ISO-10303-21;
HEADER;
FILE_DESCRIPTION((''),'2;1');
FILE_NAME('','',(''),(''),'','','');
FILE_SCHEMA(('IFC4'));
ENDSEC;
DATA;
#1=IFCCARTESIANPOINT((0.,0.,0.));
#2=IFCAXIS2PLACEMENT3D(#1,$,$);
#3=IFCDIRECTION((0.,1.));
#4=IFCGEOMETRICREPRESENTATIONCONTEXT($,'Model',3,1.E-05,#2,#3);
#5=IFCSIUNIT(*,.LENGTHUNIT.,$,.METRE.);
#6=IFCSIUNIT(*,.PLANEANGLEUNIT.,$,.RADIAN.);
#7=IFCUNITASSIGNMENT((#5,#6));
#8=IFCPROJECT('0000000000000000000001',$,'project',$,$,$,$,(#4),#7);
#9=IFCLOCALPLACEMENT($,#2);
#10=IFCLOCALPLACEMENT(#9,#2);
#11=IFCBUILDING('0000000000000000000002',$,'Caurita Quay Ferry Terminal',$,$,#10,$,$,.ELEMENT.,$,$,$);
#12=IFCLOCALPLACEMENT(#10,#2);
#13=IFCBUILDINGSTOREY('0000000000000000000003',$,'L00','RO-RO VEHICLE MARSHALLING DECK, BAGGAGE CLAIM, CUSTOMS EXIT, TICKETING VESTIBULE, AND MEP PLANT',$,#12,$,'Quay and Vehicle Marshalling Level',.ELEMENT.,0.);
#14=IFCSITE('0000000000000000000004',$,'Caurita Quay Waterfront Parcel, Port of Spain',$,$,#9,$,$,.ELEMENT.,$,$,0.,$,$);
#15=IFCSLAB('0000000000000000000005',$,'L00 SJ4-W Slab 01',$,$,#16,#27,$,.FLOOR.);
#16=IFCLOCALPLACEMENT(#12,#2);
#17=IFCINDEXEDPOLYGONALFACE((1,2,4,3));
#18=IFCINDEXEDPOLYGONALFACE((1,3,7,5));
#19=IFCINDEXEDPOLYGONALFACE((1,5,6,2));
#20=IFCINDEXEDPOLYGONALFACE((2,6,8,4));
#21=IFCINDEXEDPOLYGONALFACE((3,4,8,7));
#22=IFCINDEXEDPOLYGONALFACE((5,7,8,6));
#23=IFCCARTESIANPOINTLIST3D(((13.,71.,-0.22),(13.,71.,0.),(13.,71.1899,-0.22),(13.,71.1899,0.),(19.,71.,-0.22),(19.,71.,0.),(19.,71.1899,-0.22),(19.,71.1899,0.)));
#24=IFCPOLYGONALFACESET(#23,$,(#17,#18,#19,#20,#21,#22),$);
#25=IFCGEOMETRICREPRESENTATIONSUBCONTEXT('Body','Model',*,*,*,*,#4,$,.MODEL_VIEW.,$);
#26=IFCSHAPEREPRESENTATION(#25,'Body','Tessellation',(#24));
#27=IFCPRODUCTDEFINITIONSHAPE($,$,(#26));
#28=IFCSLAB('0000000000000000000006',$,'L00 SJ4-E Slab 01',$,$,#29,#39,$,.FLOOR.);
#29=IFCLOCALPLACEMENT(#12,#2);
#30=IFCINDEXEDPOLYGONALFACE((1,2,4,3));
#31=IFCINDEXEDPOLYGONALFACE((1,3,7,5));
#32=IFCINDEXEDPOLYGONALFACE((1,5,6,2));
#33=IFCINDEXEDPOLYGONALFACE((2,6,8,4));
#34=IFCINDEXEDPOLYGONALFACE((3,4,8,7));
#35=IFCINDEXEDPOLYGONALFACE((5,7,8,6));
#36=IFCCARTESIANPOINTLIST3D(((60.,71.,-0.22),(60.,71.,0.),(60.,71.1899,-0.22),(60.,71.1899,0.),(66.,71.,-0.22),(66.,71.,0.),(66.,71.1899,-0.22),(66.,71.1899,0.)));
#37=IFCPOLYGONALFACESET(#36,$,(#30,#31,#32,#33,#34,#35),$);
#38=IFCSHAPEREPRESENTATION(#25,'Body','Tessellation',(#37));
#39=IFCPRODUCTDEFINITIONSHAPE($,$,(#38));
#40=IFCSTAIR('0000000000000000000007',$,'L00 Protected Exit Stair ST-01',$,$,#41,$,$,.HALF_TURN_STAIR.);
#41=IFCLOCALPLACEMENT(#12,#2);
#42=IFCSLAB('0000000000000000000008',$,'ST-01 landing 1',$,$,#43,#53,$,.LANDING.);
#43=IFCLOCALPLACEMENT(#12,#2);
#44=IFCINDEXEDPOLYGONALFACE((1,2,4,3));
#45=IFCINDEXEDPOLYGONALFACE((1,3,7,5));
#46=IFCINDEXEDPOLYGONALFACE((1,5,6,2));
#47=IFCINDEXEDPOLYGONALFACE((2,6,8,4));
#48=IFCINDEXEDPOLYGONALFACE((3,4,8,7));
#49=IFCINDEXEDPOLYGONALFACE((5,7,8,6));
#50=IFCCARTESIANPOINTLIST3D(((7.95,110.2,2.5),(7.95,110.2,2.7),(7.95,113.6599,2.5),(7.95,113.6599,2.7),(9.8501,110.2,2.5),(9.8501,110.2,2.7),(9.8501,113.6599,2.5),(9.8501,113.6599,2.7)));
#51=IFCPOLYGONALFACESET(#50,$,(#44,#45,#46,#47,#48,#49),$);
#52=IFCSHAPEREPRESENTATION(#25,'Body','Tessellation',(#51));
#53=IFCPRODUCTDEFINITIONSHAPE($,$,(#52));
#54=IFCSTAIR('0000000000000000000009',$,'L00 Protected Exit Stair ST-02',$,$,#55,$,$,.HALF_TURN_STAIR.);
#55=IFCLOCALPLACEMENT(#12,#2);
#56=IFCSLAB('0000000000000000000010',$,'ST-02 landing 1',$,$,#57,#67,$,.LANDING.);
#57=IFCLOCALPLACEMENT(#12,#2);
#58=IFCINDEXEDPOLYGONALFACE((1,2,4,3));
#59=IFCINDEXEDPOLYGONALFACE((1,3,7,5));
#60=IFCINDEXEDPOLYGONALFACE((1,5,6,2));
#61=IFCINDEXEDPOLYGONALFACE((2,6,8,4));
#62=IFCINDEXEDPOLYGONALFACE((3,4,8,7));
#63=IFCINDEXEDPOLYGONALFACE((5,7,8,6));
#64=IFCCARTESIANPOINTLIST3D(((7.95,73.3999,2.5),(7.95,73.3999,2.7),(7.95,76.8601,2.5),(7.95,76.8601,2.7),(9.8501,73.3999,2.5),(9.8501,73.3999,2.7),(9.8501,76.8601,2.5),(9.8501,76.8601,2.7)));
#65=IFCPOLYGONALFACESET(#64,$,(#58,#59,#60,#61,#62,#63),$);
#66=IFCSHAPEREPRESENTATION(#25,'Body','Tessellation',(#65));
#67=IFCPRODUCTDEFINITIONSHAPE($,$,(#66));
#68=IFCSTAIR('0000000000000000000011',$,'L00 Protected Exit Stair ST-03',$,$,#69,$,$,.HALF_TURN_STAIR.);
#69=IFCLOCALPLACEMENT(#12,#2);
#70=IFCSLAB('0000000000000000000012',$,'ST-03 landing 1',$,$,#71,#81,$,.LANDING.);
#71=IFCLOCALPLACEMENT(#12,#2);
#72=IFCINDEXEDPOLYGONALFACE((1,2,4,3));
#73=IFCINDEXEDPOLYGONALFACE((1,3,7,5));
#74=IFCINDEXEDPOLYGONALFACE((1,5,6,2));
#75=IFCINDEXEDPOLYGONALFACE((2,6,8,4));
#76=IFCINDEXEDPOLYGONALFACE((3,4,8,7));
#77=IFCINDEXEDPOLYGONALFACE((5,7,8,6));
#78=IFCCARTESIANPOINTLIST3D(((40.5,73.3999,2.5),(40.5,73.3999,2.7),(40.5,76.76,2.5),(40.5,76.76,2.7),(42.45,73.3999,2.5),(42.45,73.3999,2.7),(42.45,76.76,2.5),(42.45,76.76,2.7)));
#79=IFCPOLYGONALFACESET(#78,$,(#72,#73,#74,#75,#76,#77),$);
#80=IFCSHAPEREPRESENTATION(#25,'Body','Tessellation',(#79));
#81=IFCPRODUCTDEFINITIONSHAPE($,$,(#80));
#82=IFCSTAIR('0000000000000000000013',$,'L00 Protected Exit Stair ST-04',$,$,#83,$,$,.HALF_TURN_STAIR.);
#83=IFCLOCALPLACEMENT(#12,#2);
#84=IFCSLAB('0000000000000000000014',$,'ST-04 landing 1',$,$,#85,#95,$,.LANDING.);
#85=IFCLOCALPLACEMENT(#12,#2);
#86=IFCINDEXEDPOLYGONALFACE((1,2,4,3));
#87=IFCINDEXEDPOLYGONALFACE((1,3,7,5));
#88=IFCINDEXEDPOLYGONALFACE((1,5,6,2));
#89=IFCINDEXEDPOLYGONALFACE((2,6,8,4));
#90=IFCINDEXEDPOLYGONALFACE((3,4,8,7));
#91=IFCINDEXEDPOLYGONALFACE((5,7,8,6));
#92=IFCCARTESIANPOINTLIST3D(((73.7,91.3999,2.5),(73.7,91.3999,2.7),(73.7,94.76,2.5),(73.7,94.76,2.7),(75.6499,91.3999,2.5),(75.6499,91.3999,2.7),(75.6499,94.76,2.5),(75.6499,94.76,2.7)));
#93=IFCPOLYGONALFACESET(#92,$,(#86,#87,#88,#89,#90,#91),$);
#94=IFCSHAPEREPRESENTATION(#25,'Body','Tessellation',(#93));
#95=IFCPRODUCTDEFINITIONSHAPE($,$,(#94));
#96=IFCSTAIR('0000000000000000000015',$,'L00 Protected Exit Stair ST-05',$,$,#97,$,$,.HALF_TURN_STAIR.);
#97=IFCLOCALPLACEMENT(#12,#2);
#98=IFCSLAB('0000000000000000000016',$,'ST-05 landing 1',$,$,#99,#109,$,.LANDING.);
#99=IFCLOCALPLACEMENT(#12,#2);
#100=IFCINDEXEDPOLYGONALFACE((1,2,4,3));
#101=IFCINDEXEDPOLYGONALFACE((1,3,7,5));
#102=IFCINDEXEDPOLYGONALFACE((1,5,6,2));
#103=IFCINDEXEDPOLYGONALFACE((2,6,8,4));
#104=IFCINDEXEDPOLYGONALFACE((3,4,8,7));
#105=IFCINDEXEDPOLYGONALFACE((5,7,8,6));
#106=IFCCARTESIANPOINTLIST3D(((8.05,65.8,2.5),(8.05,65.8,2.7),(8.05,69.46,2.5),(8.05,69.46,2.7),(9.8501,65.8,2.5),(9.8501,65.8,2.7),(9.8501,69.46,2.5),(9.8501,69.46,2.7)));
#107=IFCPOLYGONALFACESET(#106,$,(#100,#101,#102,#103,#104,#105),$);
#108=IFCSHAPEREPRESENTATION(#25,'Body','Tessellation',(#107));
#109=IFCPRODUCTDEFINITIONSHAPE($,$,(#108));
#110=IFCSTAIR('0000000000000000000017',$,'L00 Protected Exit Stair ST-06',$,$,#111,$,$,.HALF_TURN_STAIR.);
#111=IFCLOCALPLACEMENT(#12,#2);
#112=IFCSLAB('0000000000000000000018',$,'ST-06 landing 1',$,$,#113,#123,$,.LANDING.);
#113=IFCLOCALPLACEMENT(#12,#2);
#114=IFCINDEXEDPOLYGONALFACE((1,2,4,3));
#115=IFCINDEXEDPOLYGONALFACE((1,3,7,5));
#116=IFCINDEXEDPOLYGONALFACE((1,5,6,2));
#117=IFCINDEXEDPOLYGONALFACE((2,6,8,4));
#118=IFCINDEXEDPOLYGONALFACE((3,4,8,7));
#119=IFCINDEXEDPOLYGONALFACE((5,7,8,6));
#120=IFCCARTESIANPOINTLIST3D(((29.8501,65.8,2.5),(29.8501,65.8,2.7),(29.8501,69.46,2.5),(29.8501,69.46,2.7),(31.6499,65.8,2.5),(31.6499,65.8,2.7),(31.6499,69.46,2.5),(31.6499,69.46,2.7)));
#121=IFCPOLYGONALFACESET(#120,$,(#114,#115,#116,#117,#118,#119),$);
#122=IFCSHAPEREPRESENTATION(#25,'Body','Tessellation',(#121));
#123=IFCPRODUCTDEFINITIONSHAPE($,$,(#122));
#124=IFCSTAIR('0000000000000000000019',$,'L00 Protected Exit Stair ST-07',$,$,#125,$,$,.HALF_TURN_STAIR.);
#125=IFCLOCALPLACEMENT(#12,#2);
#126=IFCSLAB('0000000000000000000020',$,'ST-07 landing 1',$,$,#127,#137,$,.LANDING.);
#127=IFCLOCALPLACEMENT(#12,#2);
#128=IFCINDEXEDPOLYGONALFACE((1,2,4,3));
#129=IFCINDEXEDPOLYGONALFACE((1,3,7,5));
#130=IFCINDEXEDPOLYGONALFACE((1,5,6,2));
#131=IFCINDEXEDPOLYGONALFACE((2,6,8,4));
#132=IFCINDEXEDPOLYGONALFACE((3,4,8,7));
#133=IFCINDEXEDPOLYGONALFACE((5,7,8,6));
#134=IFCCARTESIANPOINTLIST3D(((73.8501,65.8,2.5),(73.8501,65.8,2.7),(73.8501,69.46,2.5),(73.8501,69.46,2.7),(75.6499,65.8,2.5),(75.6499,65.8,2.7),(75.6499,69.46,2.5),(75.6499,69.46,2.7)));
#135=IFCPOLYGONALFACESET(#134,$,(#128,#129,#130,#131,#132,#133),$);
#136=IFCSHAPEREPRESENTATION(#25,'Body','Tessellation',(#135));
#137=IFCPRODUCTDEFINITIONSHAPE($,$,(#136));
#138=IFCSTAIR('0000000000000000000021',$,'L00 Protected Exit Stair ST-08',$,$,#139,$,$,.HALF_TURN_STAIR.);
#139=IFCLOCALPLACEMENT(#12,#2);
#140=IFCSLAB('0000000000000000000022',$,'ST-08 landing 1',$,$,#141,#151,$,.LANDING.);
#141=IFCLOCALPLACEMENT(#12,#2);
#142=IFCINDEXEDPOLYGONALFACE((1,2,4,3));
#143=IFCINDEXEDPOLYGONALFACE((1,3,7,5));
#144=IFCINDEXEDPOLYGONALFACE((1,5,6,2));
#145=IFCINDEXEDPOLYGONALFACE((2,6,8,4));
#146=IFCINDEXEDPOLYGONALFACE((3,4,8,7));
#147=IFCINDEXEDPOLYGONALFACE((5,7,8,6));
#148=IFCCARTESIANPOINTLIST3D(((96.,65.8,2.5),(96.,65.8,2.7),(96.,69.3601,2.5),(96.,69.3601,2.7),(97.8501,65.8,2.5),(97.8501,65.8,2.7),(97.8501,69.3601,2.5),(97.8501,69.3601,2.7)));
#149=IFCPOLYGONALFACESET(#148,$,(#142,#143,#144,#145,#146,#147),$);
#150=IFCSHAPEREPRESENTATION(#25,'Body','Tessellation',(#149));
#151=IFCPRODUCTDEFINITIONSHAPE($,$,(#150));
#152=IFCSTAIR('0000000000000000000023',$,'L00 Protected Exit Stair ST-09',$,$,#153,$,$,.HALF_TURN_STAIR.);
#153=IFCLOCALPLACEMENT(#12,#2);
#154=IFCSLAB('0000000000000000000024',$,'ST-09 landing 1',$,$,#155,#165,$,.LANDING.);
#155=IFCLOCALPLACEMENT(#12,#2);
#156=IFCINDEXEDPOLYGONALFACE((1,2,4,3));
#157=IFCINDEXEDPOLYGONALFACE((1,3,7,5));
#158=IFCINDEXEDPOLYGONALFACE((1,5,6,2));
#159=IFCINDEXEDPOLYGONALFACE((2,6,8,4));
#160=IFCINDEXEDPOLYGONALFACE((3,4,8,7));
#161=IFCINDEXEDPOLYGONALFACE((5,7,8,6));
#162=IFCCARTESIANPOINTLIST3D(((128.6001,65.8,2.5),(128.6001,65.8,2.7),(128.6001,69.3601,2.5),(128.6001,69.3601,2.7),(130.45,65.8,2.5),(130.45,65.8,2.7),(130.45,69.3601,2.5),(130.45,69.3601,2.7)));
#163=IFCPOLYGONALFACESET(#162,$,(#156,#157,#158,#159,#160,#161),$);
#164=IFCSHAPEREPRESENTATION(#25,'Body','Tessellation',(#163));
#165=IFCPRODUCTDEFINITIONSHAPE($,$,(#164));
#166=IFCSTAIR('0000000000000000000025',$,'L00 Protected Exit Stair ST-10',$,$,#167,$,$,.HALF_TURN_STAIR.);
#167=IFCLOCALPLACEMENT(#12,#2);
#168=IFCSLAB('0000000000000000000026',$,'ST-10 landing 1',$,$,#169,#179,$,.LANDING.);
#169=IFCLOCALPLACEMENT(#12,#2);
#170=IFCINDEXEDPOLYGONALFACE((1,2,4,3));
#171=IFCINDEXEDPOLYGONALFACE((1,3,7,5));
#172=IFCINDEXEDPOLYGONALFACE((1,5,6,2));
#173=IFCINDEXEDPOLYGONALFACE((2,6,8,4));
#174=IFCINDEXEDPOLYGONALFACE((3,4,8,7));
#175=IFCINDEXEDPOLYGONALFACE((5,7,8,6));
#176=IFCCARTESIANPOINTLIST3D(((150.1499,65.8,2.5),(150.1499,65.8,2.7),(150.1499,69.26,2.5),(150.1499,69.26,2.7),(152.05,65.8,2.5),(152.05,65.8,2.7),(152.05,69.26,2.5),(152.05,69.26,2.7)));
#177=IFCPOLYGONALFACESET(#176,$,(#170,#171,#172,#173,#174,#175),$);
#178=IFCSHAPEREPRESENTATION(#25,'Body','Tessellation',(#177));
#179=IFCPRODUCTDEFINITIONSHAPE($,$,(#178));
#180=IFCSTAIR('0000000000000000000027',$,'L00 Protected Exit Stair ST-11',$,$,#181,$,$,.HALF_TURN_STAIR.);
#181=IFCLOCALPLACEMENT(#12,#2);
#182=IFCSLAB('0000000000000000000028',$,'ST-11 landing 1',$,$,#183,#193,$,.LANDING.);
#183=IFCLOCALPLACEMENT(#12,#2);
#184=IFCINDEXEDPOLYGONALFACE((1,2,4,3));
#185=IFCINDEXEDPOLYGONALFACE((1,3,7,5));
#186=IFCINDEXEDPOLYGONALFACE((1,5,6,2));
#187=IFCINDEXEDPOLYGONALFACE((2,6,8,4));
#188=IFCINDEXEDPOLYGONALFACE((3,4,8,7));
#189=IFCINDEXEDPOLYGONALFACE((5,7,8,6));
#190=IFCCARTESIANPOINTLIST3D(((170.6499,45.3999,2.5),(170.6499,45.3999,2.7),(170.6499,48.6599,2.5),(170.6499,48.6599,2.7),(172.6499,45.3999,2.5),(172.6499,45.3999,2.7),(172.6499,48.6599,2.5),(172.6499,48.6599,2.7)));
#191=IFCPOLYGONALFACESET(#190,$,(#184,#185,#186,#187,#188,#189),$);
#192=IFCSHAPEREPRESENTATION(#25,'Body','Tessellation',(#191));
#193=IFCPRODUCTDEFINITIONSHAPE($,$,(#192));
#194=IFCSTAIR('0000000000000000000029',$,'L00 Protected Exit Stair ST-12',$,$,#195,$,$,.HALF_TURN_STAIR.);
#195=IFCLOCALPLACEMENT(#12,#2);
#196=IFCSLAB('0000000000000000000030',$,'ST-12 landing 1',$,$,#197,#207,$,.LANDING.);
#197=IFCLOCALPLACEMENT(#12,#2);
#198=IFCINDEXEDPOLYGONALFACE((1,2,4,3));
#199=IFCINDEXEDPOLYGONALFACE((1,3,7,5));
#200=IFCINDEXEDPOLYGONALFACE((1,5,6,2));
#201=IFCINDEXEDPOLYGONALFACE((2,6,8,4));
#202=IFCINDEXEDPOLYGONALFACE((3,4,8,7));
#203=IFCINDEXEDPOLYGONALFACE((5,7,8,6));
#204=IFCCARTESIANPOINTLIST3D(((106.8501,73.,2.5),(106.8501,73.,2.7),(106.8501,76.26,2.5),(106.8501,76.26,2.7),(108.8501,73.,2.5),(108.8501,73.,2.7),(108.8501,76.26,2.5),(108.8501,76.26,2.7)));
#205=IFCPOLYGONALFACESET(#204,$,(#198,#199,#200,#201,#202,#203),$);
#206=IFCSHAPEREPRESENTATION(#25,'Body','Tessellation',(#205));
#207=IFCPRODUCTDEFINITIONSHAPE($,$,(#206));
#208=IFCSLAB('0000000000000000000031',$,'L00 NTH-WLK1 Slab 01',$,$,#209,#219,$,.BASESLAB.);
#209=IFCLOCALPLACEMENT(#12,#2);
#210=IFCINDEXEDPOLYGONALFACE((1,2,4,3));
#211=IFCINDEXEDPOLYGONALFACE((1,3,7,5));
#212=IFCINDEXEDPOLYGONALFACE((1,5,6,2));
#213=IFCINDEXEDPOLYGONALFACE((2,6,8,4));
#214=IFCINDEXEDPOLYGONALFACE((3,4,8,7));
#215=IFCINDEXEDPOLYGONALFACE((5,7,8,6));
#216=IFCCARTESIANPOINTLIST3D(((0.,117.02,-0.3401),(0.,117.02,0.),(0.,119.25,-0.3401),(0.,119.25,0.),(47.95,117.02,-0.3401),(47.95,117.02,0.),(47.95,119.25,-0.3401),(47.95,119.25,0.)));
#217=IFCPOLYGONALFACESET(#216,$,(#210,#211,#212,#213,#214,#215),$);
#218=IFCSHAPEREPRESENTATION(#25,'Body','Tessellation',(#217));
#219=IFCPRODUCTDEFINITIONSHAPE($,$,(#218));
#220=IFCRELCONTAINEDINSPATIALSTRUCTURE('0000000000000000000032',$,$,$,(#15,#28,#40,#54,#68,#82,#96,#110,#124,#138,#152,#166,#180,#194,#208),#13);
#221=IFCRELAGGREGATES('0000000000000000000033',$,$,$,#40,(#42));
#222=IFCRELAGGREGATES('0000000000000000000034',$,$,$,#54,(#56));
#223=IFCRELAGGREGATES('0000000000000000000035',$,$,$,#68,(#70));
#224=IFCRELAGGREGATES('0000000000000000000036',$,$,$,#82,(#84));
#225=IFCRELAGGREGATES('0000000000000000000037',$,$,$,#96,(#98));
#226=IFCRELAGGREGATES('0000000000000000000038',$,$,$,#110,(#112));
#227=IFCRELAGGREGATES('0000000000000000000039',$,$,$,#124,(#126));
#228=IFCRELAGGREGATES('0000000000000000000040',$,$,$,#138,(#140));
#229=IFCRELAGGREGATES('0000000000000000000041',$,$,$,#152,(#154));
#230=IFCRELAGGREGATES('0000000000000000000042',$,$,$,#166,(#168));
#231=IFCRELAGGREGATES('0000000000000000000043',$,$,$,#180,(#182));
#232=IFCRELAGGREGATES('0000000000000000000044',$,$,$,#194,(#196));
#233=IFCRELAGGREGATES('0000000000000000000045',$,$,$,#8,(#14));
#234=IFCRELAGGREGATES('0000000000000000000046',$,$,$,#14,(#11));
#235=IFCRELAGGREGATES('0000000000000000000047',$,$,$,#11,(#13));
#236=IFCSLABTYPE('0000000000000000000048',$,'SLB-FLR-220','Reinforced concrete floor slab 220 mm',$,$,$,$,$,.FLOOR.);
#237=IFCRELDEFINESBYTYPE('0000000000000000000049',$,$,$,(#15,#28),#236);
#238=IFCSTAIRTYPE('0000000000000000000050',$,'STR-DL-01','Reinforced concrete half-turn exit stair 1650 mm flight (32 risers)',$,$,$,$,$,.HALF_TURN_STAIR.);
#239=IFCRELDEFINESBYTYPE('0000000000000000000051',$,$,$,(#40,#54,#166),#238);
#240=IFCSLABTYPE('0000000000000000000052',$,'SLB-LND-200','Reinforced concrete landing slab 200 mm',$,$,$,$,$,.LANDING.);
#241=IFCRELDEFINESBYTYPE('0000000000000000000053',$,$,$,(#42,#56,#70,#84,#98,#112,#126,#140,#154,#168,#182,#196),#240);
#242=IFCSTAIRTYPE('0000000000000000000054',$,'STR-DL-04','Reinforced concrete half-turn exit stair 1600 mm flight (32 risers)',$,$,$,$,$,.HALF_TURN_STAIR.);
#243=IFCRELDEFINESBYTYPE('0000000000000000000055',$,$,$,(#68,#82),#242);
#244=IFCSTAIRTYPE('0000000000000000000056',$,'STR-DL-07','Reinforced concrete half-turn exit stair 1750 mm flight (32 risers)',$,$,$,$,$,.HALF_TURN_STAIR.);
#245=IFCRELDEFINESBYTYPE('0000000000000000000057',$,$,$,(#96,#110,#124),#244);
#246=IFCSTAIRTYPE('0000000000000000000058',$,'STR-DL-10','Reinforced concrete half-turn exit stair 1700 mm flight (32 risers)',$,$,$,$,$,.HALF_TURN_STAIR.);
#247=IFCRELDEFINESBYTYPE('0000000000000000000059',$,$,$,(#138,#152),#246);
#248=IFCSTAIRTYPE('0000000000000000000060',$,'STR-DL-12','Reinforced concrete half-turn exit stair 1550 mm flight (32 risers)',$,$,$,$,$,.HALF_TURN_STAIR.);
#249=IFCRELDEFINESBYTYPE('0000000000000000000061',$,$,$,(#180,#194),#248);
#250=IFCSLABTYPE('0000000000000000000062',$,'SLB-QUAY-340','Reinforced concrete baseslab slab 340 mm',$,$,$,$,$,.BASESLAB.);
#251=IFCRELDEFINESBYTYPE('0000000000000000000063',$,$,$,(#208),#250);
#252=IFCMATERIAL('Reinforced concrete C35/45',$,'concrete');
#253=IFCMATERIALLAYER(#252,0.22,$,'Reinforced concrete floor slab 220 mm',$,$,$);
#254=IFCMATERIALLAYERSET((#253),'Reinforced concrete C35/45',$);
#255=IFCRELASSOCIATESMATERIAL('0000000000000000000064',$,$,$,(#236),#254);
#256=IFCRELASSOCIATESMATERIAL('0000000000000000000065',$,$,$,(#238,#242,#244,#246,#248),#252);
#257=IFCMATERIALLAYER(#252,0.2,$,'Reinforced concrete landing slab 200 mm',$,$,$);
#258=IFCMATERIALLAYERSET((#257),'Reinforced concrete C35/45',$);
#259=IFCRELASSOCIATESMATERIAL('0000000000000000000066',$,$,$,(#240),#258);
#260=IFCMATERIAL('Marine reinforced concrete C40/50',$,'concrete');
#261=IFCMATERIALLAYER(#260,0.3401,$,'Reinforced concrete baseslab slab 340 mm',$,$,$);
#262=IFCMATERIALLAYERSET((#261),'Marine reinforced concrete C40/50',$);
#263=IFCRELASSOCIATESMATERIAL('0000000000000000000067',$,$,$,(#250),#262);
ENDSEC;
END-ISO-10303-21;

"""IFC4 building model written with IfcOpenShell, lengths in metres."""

from ifc_helpers import new_model, si_unit, direction, frame, origin, place, context, subcontext, project, spatial, polyline, outline, extrude, material, layer, layer_set, type_object, element, aggregate, save


model = new_model("IFC4")

# Units and contexts
model_context = context("Model", 3, precision=1e-05, world=origin(), true_north=direction((0.0, 1.0)))
body_context = subcontext(model_context, "Body", "Model", "MODEL_VIEW")
ifc_project = project(units=[si_unit("LENGTHUNIT", "METRE"), si_unit("PLANEANGLEUNIT", "RADIAN")], contexts=[model_context])

# Site, building, storey
site_placement = place(None, origin())
site = spatial("IfcSite", under=ifc_project, at=site_placement, Name="Caurita Quay Waterfront Parcel, Port of Spain", CompositionType="ELEMENT", RefElevation=0.0)
building_placement = place(site_placement, origin())
building = spatial("IfcBuilding", under=site, at=building_placement, Name="Caurita Quay Ferry Terminal", CompositionType="ELEMENT")
storey_placement = place(building_placement, origin())
storey = spatial("IfcBuildingStorey", under=building, at=storey_placement, Name="L00", Description="RO-RO VEHICLE MARSHALLING DECK, BAGGAGE CLAIM, CUSTOMS EXIT, TICKETING VESTIBULE, AND MEP PLANT", LongName="Quay and Vehicle Marshalling Level", CompositionType="ELEMENT", Elevation=0.0)

# Slabs
ifc_material_1 = material(Name="Reinforced concrete C35/45", Category="concrete")
ifc_layer_1 = layer(ifc_material_1, 0.22, Name="Reinforced concrete floor slab 220 mm")
ifc_layer_set_1 = layer_set([ifc_layer_1], Name="Reinforced concrete C35/45")
slab_type_1 = type_object("IfcSlabType", Name="SLB-FLR-220", Description="Reinforced concrete floor slab 220 mm", PredefinedType="FLOOR", material=ifc_layer_set_1)
slab_1_placement = place(storey_placement, frame((0.0, 0.0, -0.22)))
element("IfcSlab", 1, at=slab_1_placement, inside=storey, type_object=slab_type_1, Name="L00 SJ4-W Slab 01", PredefinedType="FLOOR", context=body_context, shape_type="SweptSolid", body=[
    extrude(outline(polyline([(13.0, 71.0), (19.0, 71.0), (19.0, 71.1899), (13.0, 71.1899), (13.0, 71.0)])), origin(), (0.0, 0.0, 1.0), 0.22),
])
slab_2_placement = place(storey_placement, frame((0.0, 0.0, -0.22)))
element("IfcSlab", 2, at=slab_2_placement, inside=storey, type_object=slab_type_1, Name="L00 SJ4-E Slab 01", PredefinedType="FLOOR", context=body_context, shape_type="SweptSolid", body=[
    extrude(outline(polyline([(60.0, 71.0), (66.0, 71.0), (66.0, 71.1899), (60.0, 71.1899), (60.0, 71.0)])), origin(), (0.0, 0.0, 1.0), 0.22),
])

# Stairs, slabs
stair_type_1 = type_object("IfcStairType", Name="STR-DL-01", Description="Reinforced concrete half-turn exit stair 1650 mm flight (32 risers)", PredefinedType="HALF_TURN_STAIR", material=ifc_material_1)
stair_1_placement = place(storey_placement, origin())
stair_1 = element("IfcStair", 3, at=stair_1_placement, inside=storey, type_object=stair_type_1, Name="L00 Protected Exit Stair ST-01", PredefinedType="HALF_TURN_STAIR")
ifc_layer_2 = layer(ifc_material_1, 0.2, Name="Reinforced concrete landing slab 200 mm")
ifc_layer_set_2 = layer_set([ifc_layer_2], Name="Reinforced concrete C35/45")
slab_type_2 = type_object("IfcSlabType", Name="SLB-LND-200", Description="Reinforced concrete landing slab 200 mm", PredefinedType="LANDING", material=ifc_layer_set_2)
slab_3_placement = place(storey_placement, frame((0.0, 0.0, 2.5)))
slab_3 = element("IfcSlab", 4, at=slab_3_placement, type_object=slab_type_2, Name="ST-01 landing 1", PredefinedType="LANDING", context=body_context, shape_type="SweptSolid", body=[
    extrude(outline(polyline([(7.95, 110.2), (9.8501, 110.2), (9.8501, 113.6599), (7.95, 113.6599), (7.95, 110.2)])), origin(), (0.0, 0.0, 1.0), 0.2),
])
aggregate(stair_1, [slab_3])
stair_2_placement = place(storey_placement, origin())
stair_2 = element("IfcStair", 5, at=stair_2_placement, inside=storey, type_object=stair_type_1, Name="L00 Protected Exit Stair ST-02", PredefinedType="HALF_TURN_STAIR")
slab_4_placement = place(storey_placement, frame((0.0, 0.0, 2.5)))
slab_4 = element("IfcSlab", 6, at=slab_4_placement, type_object=slab_type_2, Name="ST-02 landing 1", PredefinedType="LANDING", context=body_context, shape_type="SweptSolid", body=[
    extrude(outline(polyline([(7.95, 73.3999), (9.8501, 73.3999), (9.8501, 76.8601), (7.95, 76.8601), (7.95, 73.3999)])), origin(), (0.0, 0.0, 1.0), 0.2),
])
aggregate(stair_2, [slab_4])
stair_type_2 = type_object("IfcStairType", Name="STR-DL-04", Description="Reinforced concrete half-turn exit stair 1600 mm flight (32 risers)", PredefinedType="HALF_TURN_STAIR", material=ifc_material_1)
stair_3_placement = place(storey_placement, origin())
stair_3 = element("IfcStair", 7, at=stair_3_placement, inside=storey, type_object=stair_type_2, Name="L00 Protected Exit Stair ST-03", PredefinedType="HALF_TURN_STAIR")
slab_5_placement = place(storey_placement, frame((0.0, 0.0, 2.5)))
slab_5 = element("IfcSlab", 8, at=slab_5_placement, type_object=slab_type_2, Name="ST-03 landing 1", PredefinedType="LANDING", context=body_context, shape_type="SweptSolid", body=[
    extrude(outline(polyline([(40.5, 73.3999), (42.45, 73.3999), (42.45, 76.76), (40.5, 76.76), (40.5, 73.3999)])), origin(), (0.0, 0.0, 1.0), 0.2),
])
aggregate(stair_3, [slab_5])
stair_4_placement = place(storey_placement, origin())
stair_4 = element("IfcStair", 9, at=stair_4_placement, inside=storey, type_object=stair_type_2, Name="L00 Protected Exit Stair ST-04", PredefinedType="HALF_TURN_STAIR")
slab_6_placement = place(storey_placement, frame((0.0, 0.0, 2.5)))
slab_6 = element("IfcSlab", 10, at=slab_6_placement, type_object=slab_type_2, Name="ST-04 landing 1", PredefinedType="LANDING", context=body_context, shape_type="SweptSolid", body=[
    extrude(outline(polyline([(73.7, 91.3999), (75.6499, 91.3999), (75.6499, 94.76), (73.7, 94.76), (73.7, 91.3999)])), origin(), (0.0, 0.0, 1.0), 0.2),
])
aggregate(stair_4, [slab_6])
stair_type_3 = type_object("IfcStairType", Name="STR-DL-07", Description="Reinforced concrete half-turn exit stair 1750 mm flight (32 risers)", PredefinedType="HALF_TURN_STAIR", material=ifc_material_1)
stair_5_placement = place(storey_placement, origin())
stair_5 = element("IfcStair", 11, at=stair_5_placement, inside=storey, type_object=stair_type_3, Name="L00 Protected Exit Stair ST-05", PredefinedType="HALF_TURN_STAIR")
slab_7_placement = place(storey_placement, frame((0.0, 0.0, 2.5)))
slab_7 = element("IfcSlab", 12, at=slab_7_placement, type_object=slab_type_2, Name="ST-05 landing 1", PredefinedType="LANDING", context=body_context, shape_type="SweptSolid", body=[
    extrude(outline(polyline([(8.05, 65.8), (9.8501, 65.8), (9.8501, 69.46), (8.05, 69.46), (8.05, 65.8)])), origin(), (0.0, 0.0, 1.0), 0.2),
])
aggregate(stair_5, [slab_7])
stair_6_placement = place(storey_placement, origin())
stair_6 = element("IfcStair", 13, at=stair_6_placement, inside=storey, type_object=stair_type_3, Name="L00 Protected Exit Stair ST-06", PredefinedType="HALF_TURN_STAIR")
slab_8_placement = place(storey_placement, frame((0.0, 0.0, 2.5)))
slab_8 = element("IfcSlab", 14, at=slab_8_placement, type_object=slab_type_2, Name="ST-06 landing 1", PredefinedType="LANDING", context=body_context, shape_type="SweptSolid", body=[
    extrude(outline(polyline([(29.8501, 65.8), (31.6499, 65.8), (31.6499, 69.46), (29.8501, 69.46), (29.8501, 65.8)])), origin(), (0.0, 0.0, 1.0), 0.2),
])
aggregate(stair_6, [slab_8])
stair_7_placement = place(storey_placement, origin())
stair_7 = element("IfcStair", 15, at=stair_7_placement, inside=storey, type_object=stair_type_3, Name="L00 Protected Exit Stair ST-07", PredefinedType="HALF_TURN_STAIR")
slab_9_placement = place(storey_placement, frame((0.0, 0.0, 2.5)))
slab_9 = element("IfcSlab", 16, at=slab_9_placement, type_object=slab_type_2, Name="ST-07 landing 1", PredefinedType="LANDING", context=body_context, shape_type="SweptSolid", body=[
    extrude(outline(polyline([(73.8501, 65.8), (75.6499, 65.8), (75.6499, 69.46), (73.8501, 69.46), (73.8501, 65.8)])), origin(), (0.0, 0.0, 1.0), 0.2),
])
aggregate(stair_7, [slab_9])
stair_type_4 = type_object("IfcStairType", Name="STR-DL-10", Description="Reinforced concrete half-turn exit stair 1700 mm flight (32 risers)", PredefinedType="HALF_TURN_STAIR", material=ifc_material_1)
stair_8_placement = place(storey_placement, origin())
stair_8 = element("IfcStair", 17, at=stair_8_placement, inside=storey, type_object=stair_type_4, Name="L00 Protected Exit Stair ST-08", PredefinedType="HALF_TURN_STAIR")
slab_10_placement = place(storey_placement, frame((0.0, 0.0, 2.5)))
slab_10 = element("IfcSlab", 18, at=slab_10_placement, type_object=slab_type_2, Name="ST-08 landing 1", PredefinedType="LANDING", context=body_context, shape_type="SweptSolid", body=[
    extrude(outline(polyline([(96.0, 65.8), (97.8501, 65.8), (97.8501, 69.3601), (96.0, 69.3601), (96.0, 65.8)])), origin(), (0.0, 0.0, 1.0), 0.2),
])
aggregate(stair_8, [slab_10])
stair_9_placement = place(storey_placement, origin())
stair_9 = element("IfcStair", 19, at=stair_9_placement, inside=storey, type_object=stair_type_4, Name="L00 Protected Exit Stair ST-09", PredefinedType="HALF_TURN_STAIR")
slab_11_placement = place(storey_placement, frame((0.0, 0.0, 2.5)))
slab_11 = element("IfcSlab", 20, at=slab_11_placement, type_object=slab_type_2, Name="ST-09 landing 1", PredefinedType="LANDING", context=body_context, shape_type="SweptSolid", body=[
    extrude(outline(polyline([(128.6001, 65.8), (130.45, 65.8), (130.45, 69.3601), (128.6001, 69.3601), (128.6001, 65.8)])), origin(), (0.0, 0.0, 1.0), 0.2),
])
aggregate(stair_9, [slab_11])
stair_10_placement = place(storey_placement, origin())
stair_10 = element("IfcStair", 21, at=stair_10_placement, inside=storey, type_object=stair_type_1, Name="L00 Protected Exit Stair ST-10", PredefinedType="HALF_TURN_STAIR")
slab_12_placement = place(storey_placement, frame((0.0, 0.0, 2.5)))
slab_12 = element("IfcSlab", 22, at=slab_12_placement, type_object=slab_type_2, Name="ST-10 landing 1", PredefinedType="LANDING", context=body_context, shape_type="SweptSolid", body=[
    extrude(outline(polyline([(150.1499, 65.8), (152.05, 65.8), (152.05, 69.26), (150.1499, 69.26), (150.1499, 65.8)])), origin(), (0.0, 0.0, 1.0), 0.2),
])
aggregate(stair_10, [slab_12])
stair_type_5 = type_object("IfcStairType", Name="STR-DL-12", Description="Reinforced concrete half-turn exit stair 1550 mm flight (32 risers)", PredefinedType="HALF_TURN_STAIR", material=ifc_material_1)
stair_11_placement = place(storey_placement, origin())
stair_11 = element("IfcStair", 23, at=stair_11_placement, inside=storey, type_object=stair_type_5, Name="L00 Protected Exit Stair ST-11", PredefinedType="HALF_TURN_STAIR")
slab_13_placement = place(storey_placement, frame((0.0, 0.0, 2.5)))
slab_13 = element("IfcSlab", 24, at=slab_13_placement, type_object=slab_type_2, Name="ST-11 landing 1", PredefinedType="LANDING", context=body_context, shape_type="SweptSolid", body=[
    extrude(outline(polyline([(170.6499, 45.3999), (172.6499, 45.3999), (172.6499, 48.6599), (170.6499, 48.6599), (170.6499, 45.3999)])), origin(), (0.0, 0.0, 1.0), 0.2),
])
aggregate(stair_11, [slab_13])
stair_12_placement = place(storey_placement, origin())
stair_12 = element("IfcStair", 25, at=stair_12_placement, inside=storey, type_object=stair_type_5, Name="L00 Protected Exit Stair ST-12", PredefinedType="HALF_TURN_STAIR")
slab_14_placement = place(storey_placement, frame((0.0, 0.0, 2.5)))
slab_14 = element("IfcSlab", 26, at=slab_14_placement, type_object=slab_type_2, Name="ST-12 landing 1", PredefinedType="LANDING", context=body_context, shape_type="SweptSolid", body=[
    extrude(outline(polyline([(106.8501, 73.0), (108.8501, 73.0), (108.8501, 76.26), (106.8501, 76.26), (106.8501, 73.0)])), origin(), (0.0, 0.0, 1.0), 0.2),
])
aggregate(stair_12, [slab_14])

# Slab
ifc_material_2 = material(Name="Marine reinforced concrete C40/50", Category="concrete")
ifc_layer_3 = layer(ifc_material_2, 0.3401, Name="Reinforced concrete baseslab slab 340 mm")
ifc_layer_set_3 = layer_set([ifc_layer_3], Name="Marine reinforced concrete C40/50")
slab_type_3 = type_object("IfcSlabType", Name="SLB-QUAY-340", Description="Reinforced concrete baseslab slab 340 mm", PredefinedType="BASESLAB", material=ifc_layer_set_3)
slab_15_placement = place(storey_placement, frame((0.0, 0.0, -0.3401)))
element("IfcSlab", 27, at=slab_15_placement, inside=storey, type_object=slab_type_3, Name="L00 NTH-WLK1 Slab 01", PredefinedType="BASESLAB", context=body_context, shape_type="SweptSolid", body=[
    extrude(outline(polyline([(0.0, 117.02), (47.95, 117.02), (47.95, 119.25), (0.0, 119.25), (0.0, 117.02)])), origin(), (0.0, 0.0, 1.0), 0.3401),
])

save(model, "model.ifc")
